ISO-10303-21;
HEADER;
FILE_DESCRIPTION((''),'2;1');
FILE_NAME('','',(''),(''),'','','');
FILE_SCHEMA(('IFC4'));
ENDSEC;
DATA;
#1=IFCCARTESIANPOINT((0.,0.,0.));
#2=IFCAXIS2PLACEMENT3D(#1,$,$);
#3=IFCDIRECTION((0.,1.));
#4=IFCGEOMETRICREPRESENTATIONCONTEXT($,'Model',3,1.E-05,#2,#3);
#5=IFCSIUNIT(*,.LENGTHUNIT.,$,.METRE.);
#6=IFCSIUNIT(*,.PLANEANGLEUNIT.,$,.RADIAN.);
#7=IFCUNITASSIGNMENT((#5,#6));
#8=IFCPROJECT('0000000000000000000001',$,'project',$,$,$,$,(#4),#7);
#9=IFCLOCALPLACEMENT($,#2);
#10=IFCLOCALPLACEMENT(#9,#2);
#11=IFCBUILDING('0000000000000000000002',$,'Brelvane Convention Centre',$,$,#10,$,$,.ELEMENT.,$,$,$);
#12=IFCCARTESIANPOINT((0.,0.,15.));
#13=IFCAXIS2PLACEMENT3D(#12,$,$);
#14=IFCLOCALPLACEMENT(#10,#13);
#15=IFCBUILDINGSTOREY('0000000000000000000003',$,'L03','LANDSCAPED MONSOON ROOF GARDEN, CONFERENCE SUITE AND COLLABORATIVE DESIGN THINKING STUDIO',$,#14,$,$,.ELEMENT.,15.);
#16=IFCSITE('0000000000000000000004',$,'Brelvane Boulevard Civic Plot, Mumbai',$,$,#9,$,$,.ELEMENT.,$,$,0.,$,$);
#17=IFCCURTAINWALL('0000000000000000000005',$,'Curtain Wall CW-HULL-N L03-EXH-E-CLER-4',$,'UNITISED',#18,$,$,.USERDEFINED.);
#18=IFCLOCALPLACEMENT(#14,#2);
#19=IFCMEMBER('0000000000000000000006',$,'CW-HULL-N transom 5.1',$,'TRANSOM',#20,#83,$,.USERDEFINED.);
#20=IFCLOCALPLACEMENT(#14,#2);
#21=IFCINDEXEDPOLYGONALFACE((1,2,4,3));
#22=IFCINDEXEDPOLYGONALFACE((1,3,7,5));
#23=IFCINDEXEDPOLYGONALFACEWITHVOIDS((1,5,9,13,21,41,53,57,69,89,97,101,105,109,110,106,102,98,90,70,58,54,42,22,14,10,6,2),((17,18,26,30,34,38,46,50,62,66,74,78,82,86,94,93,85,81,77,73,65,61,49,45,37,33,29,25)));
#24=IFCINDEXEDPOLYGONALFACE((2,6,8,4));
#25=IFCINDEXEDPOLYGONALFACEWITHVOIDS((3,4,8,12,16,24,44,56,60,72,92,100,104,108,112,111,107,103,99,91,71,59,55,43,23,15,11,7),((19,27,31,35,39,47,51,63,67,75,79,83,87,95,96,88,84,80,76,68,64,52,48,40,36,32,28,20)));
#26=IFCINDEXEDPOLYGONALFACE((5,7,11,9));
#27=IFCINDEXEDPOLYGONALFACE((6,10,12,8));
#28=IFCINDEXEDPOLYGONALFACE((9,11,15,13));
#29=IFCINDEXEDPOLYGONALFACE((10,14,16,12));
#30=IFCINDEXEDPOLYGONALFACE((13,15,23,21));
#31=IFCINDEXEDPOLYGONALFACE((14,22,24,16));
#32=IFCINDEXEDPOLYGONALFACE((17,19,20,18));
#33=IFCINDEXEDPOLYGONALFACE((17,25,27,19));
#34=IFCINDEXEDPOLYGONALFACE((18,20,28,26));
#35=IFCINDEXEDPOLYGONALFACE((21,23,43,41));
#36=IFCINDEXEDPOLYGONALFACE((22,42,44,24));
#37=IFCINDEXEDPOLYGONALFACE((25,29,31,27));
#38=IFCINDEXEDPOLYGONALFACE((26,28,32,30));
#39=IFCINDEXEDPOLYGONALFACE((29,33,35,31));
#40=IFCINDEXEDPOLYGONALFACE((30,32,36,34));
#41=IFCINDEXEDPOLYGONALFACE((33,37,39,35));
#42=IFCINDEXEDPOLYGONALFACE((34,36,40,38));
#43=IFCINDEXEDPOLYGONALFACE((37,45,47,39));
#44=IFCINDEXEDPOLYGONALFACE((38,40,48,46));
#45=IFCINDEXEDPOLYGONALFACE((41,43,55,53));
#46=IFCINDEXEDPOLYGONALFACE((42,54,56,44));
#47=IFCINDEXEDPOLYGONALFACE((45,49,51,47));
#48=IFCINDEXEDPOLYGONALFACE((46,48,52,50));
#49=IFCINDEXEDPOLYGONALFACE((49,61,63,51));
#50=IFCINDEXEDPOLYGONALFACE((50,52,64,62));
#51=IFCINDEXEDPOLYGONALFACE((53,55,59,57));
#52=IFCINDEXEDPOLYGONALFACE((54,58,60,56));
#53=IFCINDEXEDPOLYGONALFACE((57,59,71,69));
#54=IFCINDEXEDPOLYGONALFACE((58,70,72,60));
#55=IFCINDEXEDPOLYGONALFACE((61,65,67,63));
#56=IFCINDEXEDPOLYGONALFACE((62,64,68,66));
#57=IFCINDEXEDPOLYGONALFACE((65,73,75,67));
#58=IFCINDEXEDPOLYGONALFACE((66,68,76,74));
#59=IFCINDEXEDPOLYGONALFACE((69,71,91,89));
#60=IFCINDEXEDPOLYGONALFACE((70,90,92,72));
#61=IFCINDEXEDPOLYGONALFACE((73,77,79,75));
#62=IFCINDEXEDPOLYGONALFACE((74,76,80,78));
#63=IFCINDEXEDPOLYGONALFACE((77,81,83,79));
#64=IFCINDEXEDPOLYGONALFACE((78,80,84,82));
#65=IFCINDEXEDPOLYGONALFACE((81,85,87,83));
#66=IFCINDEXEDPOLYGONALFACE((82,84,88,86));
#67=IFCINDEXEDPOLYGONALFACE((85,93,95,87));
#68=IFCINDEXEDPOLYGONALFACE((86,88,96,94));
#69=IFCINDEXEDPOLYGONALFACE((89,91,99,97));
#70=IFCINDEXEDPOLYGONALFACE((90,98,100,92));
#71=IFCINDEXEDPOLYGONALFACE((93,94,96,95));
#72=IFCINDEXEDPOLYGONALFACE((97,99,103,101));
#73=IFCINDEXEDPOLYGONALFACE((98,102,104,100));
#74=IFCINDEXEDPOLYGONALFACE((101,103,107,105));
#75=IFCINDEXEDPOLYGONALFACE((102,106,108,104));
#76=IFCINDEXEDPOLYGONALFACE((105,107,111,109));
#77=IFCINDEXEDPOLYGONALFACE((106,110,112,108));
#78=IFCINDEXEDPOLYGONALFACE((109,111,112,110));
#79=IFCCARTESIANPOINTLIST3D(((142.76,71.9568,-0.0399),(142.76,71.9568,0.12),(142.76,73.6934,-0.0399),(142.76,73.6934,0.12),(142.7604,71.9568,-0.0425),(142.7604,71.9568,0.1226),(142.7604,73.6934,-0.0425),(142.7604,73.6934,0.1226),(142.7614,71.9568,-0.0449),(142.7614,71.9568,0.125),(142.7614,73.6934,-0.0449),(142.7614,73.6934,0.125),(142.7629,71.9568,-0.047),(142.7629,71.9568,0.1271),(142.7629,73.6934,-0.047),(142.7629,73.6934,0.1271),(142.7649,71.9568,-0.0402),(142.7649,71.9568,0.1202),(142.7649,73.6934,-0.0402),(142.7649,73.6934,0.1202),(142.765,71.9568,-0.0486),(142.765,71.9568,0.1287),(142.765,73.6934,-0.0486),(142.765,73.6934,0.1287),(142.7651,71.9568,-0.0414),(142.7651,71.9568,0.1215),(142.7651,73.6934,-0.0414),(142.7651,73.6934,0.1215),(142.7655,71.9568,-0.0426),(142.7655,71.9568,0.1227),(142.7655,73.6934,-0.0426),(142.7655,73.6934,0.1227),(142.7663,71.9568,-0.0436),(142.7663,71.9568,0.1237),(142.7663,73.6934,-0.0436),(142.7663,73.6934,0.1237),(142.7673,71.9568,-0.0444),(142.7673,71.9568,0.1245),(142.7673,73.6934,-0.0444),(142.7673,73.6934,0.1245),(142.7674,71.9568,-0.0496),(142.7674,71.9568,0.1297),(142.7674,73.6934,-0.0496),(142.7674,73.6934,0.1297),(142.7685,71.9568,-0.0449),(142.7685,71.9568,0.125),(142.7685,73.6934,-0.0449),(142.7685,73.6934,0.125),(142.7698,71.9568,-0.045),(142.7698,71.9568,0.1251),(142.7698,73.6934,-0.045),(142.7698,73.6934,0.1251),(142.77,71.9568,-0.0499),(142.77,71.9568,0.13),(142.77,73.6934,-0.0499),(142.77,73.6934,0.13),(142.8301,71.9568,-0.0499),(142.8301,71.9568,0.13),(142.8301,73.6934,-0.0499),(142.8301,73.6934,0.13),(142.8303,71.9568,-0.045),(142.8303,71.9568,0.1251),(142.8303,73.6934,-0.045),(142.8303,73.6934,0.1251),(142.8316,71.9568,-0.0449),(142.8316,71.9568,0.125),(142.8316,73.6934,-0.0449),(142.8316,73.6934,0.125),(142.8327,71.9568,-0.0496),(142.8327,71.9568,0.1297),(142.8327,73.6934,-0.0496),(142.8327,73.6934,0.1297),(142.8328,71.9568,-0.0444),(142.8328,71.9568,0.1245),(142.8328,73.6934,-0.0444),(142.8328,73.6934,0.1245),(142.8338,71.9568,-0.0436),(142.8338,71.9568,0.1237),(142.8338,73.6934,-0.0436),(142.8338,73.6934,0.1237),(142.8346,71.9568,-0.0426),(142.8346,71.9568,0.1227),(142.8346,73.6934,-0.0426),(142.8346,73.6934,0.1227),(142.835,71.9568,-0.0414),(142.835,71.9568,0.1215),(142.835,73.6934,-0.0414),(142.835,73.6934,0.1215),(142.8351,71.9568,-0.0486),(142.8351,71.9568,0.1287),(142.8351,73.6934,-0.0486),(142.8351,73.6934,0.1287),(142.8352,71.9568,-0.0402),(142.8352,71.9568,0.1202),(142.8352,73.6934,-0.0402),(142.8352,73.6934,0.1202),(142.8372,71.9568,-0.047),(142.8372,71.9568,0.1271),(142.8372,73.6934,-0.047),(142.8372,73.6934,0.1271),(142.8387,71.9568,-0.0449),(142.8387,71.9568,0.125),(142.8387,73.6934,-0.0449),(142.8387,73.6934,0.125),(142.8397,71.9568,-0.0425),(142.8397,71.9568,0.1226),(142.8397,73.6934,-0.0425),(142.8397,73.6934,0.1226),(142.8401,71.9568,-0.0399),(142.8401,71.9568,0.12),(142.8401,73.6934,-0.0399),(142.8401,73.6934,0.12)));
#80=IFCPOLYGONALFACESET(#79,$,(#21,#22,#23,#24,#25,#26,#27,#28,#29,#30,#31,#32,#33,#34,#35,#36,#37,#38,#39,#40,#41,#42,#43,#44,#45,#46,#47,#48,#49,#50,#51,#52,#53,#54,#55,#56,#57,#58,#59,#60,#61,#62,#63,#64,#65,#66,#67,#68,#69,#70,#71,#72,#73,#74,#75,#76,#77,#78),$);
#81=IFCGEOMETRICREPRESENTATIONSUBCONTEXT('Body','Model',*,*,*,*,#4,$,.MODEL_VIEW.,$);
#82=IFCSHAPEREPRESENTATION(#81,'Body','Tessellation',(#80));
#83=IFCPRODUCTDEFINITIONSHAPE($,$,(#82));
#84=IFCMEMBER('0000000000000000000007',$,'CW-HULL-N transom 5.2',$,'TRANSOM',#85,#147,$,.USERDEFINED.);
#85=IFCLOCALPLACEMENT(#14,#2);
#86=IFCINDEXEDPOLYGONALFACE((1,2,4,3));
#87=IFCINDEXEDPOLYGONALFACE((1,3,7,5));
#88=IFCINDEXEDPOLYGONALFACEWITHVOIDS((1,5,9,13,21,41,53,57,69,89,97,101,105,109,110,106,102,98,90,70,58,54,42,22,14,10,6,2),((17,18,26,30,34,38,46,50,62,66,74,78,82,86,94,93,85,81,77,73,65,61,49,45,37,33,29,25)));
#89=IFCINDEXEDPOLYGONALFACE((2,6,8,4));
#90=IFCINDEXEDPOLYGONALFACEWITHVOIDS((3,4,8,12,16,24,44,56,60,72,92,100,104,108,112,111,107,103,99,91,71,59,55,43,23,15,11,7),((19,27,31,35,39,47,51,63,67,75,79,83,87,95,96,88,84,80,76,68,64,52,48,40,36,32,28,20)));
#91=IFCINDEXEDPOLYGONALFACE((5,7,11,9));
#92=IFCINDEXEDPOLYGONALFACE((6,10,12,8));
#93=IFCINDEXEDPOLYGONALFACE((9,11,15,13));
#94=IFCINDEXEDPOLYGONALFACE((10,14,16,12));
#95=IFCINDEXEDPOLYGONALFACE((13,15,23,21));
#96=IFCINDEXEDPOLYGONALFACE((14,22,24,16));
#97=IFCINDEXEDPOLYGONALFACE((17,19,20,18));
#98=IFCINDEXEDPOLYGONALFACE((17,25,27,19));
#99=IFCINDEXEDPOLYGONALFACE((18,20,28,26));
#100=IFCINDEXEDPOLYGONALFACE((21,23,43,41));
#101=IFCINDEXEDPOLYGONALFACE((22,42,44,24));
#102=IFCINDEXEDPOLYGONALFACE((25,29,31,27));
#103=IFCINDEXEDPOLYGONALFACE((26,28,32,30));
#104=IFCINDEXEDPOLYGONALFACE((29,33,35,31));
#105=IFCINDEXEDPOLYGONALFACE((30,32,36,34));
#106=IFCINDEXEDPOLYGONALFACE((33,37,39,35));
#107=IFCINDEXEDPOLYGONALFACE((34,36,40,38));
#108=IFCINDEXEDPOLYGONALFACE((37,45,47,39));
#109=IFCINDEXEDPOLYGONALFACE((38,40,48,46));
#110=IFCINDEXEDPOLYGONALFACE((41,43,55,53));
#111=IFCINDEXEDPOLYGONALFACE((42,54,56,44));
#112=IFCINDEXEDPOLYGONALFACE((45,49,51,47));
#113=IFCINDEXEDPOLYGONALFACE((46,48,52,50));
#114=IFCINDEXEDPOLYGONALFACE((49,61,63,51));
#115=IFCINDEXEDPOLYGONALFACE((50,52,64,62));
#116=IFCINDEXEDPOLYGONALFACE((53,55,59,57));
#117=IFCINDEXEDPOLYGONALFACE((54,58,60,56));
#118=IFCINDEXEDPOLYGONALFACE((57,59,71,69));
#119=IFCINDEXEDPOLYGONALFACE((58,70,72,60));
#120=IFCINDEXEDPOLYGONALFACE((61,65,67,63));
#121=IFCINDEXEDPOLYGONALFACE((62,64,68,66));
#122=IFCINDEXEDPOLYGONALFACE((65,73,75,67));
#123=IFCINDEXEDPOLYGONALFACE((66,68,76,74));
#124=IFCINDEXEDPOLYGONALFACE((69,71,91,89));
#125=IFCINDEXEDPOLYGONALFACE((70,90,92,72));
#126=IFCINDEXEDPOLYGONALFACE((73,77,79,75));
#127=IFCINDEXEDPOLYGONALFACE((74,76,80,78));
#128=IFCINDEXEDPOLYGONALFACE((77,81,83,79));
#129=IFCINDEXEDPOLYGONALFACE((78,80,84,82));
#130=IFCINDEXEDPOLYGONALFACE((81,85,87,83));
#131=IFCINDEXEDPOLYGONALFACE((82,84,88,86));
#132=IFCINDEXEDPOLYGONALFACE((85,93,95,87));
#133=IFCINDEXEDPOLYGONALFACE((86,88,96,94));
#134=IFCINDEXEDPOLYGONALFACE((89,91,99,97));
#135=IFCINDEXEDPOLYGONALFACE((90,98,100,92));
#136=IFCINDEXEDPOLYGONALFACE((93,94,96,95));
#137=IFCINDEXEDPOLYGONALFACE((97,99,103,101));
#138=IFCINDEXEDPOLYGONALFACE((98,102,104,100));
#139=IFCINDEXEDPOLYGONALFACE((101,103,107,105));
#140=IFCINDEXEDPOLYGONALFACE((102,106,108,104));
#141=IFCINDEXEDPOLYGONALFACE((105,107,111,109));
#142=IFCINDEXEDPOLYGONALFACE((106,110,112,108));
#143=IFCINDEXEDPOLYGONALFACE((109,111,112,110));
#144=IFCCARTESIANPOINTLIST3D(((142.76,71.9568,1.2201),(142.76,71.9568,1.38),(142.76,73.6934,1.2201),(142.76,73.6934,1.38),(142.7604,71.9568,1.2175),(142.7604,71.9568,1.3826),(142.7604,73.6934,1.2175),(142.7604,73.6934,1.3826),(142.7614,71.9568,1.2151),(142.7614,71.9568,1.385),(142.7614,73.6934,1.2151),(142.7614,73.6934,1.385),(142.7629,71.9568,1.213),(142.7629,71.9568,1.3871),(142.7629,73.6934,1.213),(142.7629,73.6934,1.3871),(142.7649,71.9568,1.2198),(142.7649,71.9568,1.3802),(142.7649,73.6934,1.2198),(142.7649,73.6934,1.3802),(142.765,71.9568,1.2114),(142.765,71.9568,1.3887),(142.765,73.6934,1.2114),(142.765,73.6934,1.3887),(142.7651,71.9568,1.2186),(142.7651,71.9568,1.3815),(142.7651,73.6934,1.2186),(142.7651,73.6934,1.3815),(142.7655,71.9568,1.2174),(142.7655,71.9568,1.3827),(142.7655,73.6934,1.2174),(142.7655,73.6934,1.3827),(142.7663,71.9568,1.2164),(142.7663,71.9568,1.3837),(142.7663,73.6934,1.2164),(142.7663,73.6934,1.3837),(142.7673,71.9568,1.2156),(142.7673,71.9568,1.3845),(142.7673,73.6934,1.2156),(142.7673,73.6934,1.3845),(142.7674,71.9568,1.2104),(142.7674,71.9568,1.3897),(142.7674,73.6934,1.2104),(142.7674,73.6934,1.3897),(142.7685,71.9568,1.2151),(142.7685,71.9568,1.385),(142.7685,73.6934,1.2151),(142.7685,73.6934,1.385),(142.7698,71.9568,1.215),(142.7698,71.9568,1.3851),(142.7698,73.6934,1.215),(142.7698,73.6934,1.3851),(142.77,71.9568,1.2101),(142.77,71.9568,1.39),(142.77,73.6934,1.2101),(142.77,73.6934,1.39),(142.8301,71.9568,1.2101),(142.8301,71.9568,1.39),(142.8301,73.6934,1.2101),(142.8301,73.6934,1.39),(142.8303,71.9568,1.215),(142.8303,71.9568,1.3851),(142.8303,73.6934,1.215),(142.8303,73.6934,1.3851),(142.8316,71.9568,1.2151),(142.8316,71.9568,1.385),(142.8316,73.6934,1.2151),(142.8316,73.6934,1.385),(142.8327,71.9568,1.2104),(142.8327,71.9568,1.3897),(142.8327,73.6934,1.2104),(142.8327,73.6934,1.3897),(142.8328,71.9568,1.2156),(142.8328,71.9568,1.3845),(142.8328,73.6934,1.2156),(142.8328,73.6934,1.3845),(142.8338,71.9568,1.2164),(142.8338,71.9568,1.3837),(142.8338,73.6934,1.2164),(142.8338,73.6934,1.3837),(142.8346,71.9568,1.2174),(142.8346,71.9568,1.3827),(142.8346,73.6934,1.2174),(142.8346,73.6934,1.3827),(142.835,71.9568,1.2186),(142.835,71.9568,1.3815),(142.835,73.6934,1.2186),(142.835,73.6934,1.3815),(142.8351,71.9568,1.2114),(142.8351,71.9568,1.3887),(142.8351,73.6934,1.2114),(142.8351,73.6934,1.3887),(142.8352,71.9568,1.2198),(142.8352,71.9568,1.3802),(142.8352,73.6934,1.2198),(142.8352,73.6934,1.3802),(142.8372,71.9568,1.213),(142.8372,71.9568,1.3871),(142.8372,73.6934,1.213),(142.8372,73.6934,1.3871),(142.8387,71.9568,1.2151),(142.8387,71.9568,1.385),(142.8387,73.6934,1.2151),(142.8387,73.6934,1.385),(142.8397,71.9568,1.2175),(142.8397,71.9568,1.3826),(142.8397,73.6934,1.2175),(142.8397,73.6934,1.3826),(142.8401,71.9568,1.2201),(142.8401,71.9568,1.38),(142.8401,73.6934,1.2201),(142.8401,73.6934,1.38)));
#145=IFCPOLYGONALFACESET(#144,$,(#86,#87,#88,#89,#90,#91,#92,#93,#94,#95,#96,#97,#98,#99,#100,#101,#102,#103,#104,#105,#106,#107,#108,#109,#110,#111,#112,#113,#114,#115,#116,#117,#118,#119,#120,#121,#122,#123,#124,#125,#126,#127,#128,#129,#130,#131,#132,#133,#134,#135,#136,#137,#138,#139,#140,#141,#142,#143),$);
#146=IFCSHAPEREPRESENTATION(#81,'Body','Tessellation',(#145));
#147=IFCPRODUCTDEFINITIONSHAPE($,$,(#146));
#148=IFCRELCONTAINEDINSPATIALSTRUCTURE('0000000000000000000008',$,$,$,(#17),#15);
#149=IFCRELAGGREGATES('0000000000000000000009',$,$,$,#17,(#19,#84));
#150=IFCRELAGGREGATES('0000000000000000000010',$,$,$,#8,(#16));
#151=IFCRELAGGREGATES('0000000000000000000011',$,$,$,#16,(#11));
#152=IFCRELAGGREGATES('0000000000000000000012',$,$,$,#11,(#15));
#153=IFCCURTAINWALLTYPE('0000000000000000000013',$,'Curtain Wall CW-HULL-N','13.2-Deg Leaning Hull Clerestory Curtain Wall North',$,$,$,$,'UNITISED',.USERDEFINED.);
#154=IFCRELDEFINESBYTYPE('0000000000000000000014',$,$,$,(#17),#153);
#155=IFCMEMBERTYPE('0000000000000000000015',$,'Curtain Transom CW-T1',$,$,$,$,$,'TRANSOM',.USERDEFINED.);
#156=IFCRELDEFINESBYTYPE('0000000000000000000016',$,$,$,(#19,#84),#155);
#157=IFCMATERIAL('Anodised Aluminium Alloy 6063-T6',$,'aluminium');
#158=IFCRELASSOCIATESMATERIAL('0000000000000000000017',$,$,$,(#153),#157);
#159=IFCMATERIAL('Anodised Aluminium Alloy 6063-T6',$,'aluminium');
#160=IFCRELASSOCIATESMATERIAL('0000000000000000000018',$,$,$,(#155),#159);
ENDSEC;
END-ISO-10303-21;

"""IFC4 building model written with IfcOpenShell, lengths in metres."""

from ifc_helpers import new_model, si_unit, direction, frame, origin, origin_2d, place, context, subcontext, project, spatial, hollow_rectangle, extrude, material, material_profile, profile_set, type_object, element, aggregate, save


model = new_model("IFC4")

# Units and contexts
model_context = context("Model", 3, precision=1e-05, world=origin(), true_north=direction((0.0, 1.0)))
body_context = subcontext(model_context, "Body", "Model", "MODEL_VIEW")
ifc_project = project(units=[si_unit("LENGTHUNIT", "METRE"), si_unit("PLANEANGLEUNIT", "RADIAN")], contexts=[model_context])

# Site, building, storey
site_placement = place(None, origin())
site = spatial("IfcSite", under=ifc_project, at=site_placement, Name="Brelvane Boulevard Civic Plot, Mumbai", CompositionType="ELEMENT", RefElevation=0.0)
building_placement = place(site_placement, origin())
building = spatial("IfcBuilding", under=site, at=building_placement, Name="Brelvane Convention Centre", CompositionType="ELEMENT")
storey_placement = place(building_placement, frame((0.0, 0.0, 15.0)))
storey = spatial("IfcBuildingStorey", under=building, at=storey_placement, Name="L03", Description="LANDSCAPED MONSOON ROOF GARDEN, CONFERENCE SUITE AND COLLABORATIVE DESIGN THINKING STUDIO", CompositionType="ELEMENT", Elevation=15.0)

# Curtain wall, members
ifc_material_1 = material(Name="Anodised Aluminium Alloy 6063-T6", Category="aluminium")
curtain_wall_type = type_object("IfcCurtainWallType", Name="Curtain Wall CW-HULL-N", Description="13.2-Deg Leaning Hull Clerestory Curtain Wall North", ElementType="UNITISED", PredefinedType="USERDEFINED", material=ifc_material_1)
curtain_wall_placement = place(storey_placement, origin())
curtain_wall = element("IfcCurtainWall", 1, at=curtain_wall_placement, inside=storey, type_object=curtain_wall_type, Name="Curtain Wall CW-HULL-N L03-EXH-E-CLER-4", ObjectType="UNITISED", PredefinedType="USERDEFINED")
ifc_material_2 = material(Name="Anodised Aluminium Alloy 6063-T6", Category="aluminium")
ifc_material_profile_1 = material_profile(ifc_material_2, hollow_rectangle(XDim=0.0801, YDim=0.1799, WallThickness=0.0049, InnerFilletRadius=0.0049, OuterFilletRadius=0.01, at=origin_2d()), Name="ALU-T 180x80x5.0")
ifc_profile_set_1 = profile_set([ifc_material_profile_1], Name="Anodised Aluminium Alloy 6063-T6")
member_type_1 = type_object("IfcMemberType", Name="Curtain Transom CW-T1", ElementType="TRANSOM", PredefinedType="USERDEFINED", material=ifc_profile_set_1)
member_1_placement = place(storey_placement, frame((142.8, 71.9568, 0.04), z_axis=(0.0, 1.0, 0.0), x_axis=(-1.0, 0.0, 0.0)))
member_1 = element("IfcMember", 2, at=member_1_placement, type_object=member_type_1, Name="CW-HULL-N transom 5.1", ObjectType="TRANSOM", PredefinedType="USERDEFINED", context=body_context, shape_type="SweptSolid", body=[
    extrude(hollow_rectangle(XDim=0.0801, YDim=0.1799, WallThickness=0.0049, InnerFilletRadius=0.0049, OuterFilletRadius=0.01, at=origin_2d()), origin(), (0.0, 0.0, 1.0), 1.7366),
])
member_2_placement = place(storey_placement, frame((142.8, 71.9568, 1.3), z_axis=(0.0, 1.0, 0.0), x_axis=(-1.0, 0.0, 0.0)))
member_2 = element("IfcMember", 3, at=member_2_placement, type_object=member_type_1, Name="CW-HULL-N transom 5.2", ObjectType="TRANSOM", PredefinedType="USERDEFINED", context=body_context, shape_type="SweptSolid", body=[
    extrude(hollow_rectangle(XDim=0.0801, YDim=0.1799, WallThickness=0.0049, InnerFilletRadius=0.0049, OuterFilletRadius=0.01, at=origin_2d()), origin(), (0.0, 0.0, 1.0), 1.7366),
])

aggregate(curtain_wall, [member_1, member_2])

save(model, "model.ifc")
